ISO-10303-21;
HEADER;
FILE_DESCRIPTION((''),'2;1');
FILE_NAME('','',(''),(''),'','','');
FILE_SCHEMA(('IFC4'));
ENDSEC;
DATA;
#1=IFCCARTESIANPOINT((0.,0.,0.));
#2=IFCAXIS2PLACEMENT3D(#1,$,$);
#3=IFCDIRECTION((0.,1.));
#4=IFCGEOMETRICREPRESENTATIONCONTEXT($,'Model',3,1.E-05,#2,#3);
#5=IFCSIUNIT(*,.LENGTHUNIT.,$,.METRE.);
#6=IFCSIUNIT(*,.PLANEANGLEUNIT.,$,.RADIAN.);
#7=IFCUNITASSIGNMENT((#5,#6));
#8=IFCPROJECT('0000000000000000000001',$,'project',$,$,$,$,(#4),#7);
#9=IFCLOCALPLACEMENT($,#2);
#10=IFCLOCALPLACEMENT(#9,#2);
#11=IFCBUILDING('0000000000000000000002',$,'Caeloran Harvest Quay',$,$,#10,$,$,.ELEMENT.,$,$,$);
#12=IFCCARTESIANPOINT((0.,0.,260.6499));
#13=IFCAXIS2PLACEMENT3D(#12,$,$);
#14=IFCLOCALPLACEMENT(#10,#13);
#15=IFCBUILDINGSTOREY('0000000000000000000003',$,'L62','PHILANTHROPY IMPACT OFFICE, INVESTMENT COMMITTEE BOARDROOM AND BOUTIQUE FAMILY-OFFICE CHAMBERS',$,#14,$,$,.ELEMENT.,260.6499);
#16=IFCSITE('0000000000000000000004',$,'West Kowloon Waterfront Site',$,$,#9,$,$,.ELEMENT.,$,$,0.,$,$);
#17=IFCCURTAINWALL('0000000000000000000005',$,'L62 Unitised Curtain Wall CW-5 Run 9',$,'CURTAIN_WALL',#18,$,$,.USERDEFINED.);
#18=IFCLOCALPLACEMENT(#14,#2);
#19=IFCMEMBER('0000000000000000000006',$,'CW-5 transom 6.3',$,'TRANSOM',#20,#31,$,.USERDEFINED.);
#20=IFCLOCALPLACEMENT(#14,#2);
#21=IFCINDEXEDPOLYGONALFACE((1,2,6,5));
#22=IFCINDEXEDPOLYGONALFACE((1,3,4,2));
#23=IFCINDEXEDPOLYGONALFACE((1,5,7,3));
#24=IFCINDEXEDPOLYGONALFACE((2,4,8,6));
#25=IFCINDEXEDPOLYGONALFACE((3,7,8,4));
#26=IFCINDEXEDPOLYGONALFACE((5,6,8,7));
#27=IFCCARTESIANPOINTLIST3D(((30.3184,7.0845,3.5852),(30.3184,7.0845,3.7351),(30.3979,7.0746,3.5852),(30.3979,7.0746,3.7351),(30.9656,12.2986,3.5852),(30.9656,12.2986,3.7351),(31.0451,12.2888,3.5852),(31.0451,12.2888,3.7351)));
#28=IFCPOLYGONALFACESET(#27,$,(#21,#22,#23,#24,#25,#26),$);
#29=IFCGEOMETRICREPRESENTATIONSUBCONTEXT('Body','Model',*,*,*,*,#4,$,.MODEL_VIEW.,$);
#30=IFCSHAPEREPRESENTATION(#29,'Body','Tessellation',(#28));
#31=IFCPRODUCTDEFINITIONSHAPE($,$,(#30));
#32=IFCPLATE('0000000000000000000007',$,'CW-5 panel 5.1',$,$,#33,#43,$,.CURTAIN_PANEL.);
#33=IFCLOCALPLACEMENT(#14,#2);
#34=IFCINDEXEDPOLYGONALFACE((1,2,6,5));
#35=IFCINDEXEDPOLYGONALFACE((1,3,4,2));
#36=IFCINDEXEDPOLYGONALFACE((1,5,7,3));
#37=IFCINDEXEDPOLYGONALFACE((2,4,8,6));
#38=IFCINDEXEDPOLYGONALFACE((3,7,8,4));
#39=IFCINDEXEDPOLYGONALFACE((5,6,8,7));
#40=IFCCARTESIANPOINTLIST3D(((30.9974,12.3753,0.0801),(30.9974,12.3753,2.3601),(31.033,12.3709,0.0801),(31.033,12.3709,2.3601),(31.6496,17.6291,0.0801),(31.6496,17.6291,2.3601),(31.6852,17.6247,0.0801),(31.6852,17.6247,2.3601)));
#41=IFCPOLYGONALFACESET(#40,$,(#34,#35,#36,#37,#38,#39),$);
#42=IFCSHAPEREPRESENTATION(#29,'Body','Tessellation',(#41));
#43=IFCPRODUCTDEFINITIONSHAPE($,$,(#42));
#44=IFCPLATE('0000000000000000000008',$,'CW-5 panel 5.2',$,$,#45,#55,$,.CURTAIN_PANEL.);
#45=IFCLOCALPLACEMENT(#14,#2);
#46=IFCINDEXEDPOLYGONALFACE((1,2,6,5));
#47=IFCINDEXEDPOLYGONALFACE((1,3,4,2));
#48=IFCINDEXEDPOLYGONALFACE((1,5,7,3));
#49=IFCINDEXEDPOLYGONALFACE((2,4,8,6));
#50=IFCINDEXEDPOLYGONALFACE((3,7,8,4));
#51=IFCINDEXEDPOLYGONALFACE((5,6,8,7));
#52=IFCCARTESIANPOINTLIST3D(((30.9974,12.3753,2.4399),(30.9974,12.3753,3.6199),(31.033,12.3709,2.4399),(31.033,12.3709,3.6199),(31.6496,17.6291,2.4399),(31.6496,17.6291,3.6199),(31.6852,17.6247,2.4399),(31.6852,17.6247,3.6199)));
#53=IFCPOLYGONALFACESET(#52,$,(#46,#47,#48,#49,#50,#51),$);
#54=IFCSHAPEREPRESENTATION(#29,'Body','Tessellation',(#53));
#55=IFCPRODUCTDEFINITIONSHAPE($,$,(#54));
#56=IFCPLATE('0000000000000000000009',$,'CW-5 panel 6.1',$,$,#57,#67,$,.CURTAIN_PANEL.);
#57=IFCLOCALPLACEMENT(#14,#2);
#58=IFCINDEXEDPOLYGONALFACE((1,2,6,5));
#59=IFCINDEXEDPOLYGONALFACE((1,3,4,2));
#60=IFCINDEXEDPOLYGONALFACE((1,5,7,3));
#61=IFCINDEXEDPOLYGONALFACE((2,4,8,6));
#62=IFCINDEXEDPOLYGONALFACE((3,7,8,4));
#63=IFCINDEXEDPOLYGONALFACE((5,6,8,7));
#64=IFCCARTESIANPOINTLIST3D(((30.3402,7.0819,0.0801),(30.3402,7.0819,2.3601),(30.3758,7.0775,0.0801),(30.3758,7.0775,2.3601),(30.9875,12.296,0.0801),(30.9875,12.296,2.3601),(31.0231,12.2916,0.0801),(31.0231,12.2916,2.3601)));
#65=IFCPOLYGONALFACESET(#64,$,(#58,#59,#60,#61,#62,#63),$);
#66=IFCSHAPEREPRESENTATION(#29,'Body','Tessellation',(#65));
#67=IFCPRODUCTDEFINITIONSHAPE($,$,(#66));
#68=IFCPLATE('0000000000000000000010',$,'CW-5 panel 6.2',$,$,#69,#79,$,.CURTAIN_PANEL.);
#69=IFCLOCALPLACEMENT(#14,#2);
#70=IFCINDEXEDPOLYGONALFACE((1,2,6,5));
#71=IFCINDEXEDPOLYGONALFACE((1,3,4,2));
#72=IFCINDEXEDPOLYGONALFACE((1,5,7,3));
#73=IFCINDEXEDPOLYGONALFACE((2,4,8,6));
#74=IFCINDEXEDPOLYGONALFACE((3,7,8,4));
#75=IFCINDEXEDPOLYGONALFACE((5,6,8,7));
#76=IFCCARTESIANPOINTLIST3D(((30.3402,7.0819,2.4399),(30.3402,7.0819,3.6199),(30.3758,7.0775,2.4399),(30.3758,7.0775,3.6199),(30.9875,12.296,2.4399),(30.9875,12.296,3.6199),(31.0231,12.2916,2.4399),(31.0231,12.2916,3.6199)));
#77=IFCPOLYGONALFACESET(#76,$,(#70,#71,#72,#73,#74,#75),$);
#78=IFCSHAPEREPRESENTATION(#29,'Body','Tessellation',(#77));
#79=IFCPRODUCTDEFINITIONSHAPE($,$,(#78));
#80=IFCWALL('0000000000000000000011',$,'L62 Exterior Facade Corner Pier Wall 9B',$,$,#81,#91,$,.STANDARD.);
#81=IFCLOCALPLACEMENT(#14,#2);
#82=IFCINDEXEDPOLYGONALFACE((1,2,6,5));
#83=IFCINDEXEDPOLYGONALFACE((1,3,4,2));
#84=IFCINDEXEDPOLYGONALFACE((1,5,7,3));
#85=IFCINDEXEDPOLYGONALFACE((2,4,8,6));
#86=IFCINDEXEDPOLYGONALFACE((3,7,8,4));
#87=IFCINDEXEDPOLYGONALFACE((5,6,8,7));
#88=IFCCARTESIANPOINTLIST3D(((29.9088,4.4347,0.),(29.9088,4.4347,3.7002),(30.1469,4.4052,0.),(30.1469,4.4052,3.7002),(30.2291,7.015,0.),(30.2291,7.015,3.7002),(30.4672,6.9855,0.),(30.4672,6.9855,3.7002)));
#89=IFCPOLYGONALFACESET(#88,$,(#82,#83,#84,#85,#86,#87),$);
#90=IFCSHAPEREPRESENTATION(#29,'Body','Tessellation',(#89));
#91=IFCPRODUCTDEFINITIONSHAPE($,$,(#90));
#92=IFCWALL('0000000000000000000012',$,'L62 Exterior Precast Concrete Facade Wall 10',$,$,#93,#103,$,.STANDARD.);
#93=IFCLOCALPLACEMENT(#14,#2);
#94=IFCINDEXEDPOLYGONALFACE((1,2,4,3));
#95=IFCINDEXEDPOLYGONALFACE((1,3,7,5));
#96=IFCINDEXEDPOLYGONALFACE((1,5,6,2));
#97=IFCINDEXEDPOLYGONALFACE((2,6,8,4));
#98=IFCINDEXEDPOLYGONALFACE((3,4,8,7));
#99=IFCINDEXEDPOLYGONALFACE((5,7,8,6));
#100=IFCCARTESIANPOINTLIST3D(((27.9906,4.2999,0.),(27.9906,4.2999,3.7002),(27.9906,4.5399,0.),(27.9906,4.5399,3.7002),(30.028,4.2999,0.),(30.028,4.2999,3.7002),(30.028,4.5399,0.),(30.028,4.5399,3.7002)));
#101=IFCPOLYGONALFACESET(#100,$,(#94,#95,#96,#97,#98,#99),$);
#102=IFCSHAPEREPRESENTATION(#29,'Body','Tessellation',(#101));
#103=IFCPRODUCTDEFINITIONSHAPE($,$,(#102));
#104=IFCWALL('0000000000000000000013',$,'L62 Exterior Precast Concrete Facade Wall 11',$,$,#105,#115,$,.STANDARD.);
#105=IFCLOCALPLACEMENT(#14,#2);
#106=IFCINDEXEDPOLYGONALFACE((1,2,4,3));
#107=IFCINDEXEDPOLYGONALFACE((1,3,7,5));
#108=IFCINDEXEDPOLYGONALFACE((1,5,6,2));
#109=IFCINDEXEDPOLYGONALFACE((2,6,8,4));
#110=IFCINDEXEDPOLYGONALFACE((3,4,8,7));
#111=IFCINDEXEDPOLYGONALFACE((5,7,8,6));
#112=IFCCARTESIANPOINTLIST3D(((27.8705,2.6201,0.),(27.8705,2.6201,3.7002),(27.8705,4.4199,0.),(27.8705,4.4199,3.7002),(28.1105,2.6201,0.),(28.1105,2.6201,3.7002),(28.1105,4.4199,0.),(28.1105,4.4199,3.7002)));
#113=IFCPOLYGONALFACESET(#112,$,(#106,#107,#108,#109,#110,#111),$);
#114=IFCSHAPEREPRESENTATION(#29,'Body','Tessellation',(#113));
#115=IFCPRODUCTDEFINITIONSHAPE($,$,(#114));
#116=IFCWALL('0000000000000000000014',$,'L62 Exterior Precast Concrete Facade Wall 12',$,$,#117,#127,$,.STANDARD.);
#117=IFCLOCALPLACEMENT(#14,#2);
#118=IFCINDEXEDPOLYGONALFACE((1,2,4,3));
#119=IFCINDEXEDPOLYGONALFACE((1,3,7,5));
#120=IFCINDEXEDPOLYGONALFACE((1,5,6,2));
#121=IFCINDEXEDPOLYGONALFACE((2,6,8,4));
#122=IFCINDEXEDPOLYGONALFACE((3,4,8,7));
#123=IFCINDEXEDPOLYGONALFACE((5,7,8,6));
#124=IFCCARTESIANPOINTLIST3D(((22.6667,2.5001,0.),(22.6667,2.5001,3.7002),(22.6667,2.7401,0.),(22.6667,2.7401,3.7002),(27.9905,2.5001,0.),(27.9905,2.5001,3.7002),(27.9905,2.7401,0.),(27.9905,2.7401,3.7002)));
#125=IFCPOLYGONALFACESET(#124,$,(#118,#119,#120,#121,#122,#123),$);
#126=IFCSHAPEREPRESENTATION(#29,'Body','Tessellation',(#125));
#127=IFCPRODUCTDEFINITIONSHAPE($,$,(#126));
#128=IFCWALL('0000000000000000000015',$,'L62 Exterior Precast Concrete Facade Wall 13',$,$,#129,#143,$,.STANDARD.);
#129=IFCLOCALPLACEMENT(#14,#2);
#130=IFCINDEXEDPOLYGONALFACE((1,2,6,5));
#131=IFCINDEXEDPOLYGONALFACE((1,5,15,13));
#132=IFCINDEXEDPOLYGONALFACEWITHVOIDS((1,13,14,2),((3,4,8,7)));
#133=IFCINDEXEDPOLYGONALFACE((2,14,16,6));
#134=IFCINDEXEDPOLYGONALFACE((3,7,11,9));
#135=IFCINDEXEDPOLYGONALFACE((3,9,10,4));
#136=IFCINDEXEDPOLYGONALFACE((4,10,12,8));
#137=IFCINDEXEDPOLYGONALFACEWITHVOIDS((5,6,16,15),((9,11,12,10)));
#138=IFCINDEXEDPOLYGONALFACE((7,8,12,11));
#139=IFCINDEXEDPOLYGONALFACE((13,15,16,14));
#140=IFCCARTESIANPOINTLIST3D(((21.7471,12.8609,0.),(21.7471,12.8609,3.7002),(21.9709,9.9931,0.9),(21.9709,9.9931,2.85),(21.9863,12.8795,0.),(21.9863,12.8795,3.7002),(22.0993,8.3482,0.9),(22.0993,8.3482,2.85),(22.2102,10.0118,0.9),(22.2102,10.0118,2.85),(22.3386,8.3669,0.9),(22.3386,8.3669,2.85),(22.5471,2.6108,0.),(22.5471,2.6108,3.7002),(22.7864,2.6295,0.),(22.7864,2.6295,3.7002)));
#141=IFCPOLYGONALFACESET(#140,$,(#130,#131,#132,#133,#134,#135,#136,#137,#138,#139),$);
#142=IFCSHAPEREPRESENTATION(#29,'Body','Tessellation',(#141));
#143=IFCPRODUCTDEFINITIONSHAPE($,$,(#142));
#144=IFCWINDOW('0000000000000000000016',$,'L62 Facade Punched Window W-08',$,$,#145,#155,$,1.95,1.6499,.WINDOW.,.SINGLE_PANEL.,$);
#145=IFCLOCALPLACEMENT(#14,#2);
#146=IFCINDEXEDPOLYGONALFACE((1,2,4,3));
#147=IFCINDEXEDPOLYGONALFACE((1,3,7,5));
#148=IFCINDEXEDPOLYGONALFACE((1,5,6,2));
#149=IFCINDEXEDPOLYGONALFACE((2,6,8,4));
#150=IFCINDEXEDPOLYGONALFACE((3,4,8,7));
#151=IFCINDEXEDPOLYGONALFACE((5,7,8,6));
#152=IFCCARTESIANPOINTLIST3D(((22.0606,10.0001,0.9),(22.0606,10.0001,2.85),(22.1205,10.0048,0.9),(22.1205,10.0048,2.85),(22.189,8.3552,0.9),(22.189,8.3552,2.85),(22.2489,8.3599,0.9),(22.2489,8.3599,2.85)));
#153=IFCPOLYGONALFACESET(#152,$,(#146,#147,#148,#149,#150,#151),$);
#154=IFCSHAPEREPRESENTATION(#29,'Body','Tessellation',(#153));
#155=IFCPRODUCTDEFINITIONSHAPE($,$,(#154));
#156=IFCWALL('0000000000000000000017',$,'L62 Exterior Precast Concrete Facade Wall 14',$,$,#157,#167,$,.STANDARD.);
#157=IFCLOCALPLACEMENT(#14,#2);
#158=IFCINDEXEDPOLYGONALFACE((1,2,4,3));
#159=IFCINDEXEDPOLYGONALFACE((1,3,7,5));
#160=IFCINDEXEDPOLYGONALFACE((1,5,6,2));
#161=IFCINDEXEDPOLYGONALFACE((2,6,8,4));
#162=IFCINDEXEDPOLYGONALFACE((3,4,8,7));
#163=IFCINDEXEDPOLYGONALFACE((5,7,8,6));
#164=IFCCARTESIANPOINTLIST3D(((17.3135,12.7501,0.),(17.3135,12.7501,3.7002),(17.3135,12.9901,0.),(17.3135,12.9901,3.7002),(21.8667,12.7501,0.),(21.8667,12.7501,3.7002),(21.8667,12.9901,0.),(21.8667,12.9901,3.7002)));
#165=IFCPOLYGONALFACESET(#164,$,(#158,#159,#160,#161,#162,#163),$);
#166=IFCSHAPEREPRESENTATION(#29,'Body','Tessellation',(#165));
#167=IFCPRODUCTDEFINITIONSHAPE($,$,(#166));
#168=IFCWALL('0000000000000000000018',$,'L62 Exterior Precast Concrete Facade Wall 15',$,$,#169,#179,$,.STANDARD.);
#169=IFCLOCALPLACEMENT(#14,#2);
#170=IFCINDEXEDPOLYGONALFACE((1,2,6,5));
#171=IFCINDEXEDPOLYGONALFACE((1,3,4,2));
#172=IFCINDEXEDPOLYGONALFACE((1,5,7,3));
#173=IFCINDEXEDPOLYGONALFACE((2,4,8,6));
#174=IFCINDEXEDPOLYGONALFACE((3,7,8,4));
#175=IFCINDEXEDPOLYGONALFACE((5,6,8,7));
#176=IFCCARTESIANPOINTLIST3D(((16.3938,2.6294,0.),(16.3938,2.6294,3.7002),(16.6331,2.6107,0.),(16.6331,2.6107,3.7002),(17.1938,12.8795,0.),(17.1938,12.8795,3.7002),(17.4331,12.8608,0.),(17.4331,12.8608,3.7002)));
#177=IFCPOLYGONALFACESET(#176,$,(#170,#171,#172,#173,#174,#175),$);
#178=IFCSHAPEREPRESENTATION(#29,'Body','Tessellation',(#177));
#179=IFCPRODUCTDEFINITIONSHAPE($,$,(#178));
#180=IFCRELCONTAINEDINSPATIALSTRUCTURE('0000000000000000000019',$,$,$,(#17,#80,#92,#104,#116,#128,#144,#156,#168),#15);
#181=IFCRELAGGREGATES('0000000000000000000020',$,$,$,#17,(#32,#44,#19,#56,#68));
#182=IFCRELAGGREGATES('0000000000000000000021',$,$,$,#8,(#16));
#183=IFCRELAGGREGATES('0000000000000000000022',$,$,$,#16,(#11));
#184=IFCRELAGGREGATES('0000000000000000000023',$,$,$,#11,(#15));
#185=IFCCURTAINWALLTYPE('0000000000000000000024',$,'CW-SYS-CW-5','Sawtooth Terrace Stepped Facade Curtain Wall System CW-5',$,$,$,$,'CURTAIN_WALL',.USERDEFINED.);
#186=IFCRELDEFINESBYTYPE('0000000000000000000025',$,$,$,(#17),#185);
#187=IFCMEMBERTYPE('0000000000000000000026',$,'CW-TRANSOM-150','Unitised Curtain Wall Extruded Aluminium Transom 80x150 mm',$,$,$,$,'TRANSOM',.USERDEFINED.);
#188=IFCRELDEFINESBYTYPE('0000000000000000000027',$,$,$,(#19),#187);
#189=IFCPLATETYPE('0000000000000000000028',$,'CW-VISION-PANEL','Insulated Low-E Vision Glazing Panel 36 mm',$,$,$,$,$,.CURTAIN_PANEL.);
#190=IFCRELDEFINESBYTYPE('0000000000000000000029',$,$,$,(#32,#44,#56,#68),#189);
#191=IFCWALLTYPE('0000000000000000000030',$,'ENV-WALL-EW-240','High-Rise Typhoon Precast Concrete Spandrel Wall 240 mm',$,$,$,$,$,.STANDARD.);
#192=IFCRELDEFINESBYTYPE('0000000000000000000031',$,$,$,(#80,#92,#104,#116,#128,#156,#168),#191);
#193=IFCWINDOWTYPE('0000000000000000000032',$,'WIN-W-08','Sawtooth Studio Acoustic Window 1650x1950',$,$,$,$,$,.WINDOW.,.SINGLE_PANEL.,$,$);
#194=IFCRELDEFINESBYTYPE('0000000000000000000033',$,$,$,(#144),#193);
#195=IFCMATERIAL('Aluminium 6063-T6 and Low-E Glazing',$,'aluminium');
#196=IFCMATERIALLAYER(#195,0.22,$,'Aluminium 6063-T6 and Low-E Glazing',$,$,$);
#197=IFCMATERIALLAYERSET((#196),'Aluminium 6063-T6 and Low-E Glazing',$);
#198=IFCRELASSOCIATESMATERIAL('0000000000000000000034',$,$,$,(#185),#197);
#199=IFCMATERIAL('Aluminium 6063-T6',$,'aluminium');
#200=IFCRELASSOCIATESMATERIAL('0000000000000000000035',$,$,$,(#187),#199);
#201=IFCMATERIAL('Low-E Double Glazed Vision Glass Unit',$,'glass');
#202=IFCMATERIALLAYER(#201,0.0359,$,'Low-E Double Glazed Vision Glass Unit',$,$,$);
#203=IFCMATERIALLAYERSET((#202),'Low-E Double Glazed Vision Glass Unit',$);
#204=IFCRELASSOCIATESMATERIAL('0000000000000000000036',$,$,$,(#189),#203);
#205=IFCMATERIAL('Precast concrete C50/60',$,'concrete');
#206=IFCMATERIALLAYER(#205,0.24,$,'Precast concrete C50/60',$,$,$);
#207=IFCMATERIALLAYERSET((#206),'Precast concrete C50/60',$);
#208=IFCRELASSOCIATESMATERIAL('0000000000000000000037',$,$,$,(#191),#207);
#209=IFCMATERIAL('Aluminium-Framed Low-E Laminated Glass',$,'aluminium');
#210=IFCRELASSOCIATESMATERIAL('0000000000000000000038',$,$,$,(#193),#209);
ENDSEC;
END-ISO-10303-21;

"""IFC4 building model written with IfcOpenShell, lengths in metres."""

from ifc_helpers import new_model, si_unit, direction, frame, frame_2d, origin, origin_2d, place, context, subcontext, project, spatial, rectangle, extrude, material, layer, layer_set, material_profile, profile_set, type_object, element, fill, aggregate, save


model = new_model("IFC4")

# Units and contexts
model_context = context("Model", 3, precision=1e-05, world=origin(), true_north=direction((0.0, 1.0)))
body_context = subcontext(model_context, "Body", "Model", "MODEL_VIEW")
ifc_project = project(units=[si_unit("LENGTHUNIT", "METRE"), si_unit("PLANEANGLEUNIT", "RADIAN")], contexts=[model_context])

# Site, building, storey
site_placement = place(None, origin())
site = spatial("IfcSite", under=ifc_project, at=site_placement, Name="West Kowloon Waterfront Site", CompositionType="ELEMENT", RefElevation=0.0)
building_placement = place(site_placement, origin())
building = spatial("IfcBuilding", under=site, at=building_placement, Name="Caeloran Harvest Quay", CompositionType="ELEMENT")
storey_placement = place(building_placement, frame((0.0, 0.0, 260.6499)))
storey = spatial("IfcBuildingStorey", under=building, at=storey_placement, Name="L62", Description="PHILANTHROPY IMPACT OFFICE, INVESTMENT COMMITTEE BOARDROOM AND BOUTIQUE FAMILY-OFFICE CHAMBERS", CompositionType="ELEMENT", Elevation=260.6499)

# Curtain wall, member, plates
ifc_material_1 = material(Name="Aluminium 6063-T6 and Low-E Glazing", Category="aluminium")
ifc_layer_1 = layer(ifc_material_1, 0.22, Name="Aluminium 6063-T6 and Low-E Glazing")
ifc_layer_set_1 = layer_set([ifc_layer_1], Name="Aluminium 6063-T6 and Low-E Glazing")
curtain_wall_type = type_object("IfcCurtainWallType", Name="CW-SYS-CW-5", Description="Sawtooth Terrace Stepped Facade Curtain Wall System CW-5", ElementType="CURTAIN_WALL", PredefinedType="USERDEFINED", material=ifc_layer_set_1)
curtain_wall_placement = place(storey_placement, origin())
curtain_wall = element("IfcCurtainWall", 1, at=curtain_wall_placement, inside=storey, type_object=curtain_wall_type, Name="L62 Unitised Curtain Wall CW-5 Run 9", ObjectType="CURTAIN_WALL", PredefinedType="USERDEFINED")
ifc_material_2 = material(Name="Aluminium 6063-T6", Category="aluminium")
ifc_material_profile_1 = material_profile(ifc_material_2, rectangle(XDim=0.0801, YDim=0.1499, at=origin_2d()), Name="CW-TRANSOM-150")
ifc_profile_set_1 = profile_set([ifc_material_profile_1], Name="Aluminium 6063-T6")
member_type_1 = type_object("IfcMemberType", Name="CW-TRANSOM-150", Description="Unitised Curtain Wall Extruded Aluminium Transom 80x150 mm", ElementType="TRANSOM", PredefinedType="USERDEFINED", material=ifc_profile_set_1)
member_1_placement = place(storey_placement, frame((31.0054, 12.2937, 3.6602), z_axis=(-0.123183, -0.992384, 0.0), x_axis=(0.992384, -0.123183, 0.0)))
member_1 = element("IfcMember", 2, at=member_1_placement, type_object=member_type_1, Name="CW-5 transom 6.3", ObjectType="TRANSOM", PredefinedType="USERDEFINED", context=body_context, shape_type="SweptSolid", body=[
    extrude(rectangle(XDim=0.0801, YDim=0.1499, at=origin_2d()), origin(), (0.0, 0.0, 1.0), 5.2542),
])
ifc_material_3 = material(Name="Low-E Double Glazed Vision Glass Unit", Category="glass")
ifc_layer_2 = layer(ifc_material_3, 0.0359, Name="Low-E Double Glazed Vision Glass Unit")
ifc_layer_set_2 = layer_set([ifc_layer_2], Name="Low-E Double Glazed Vision Glass Unit")
plate_type = type_object("IfcPlateType", Name="CW-VISION-PANEL", Description="Insulated Low-E Vision Glazing Panel 36 mm", PredefinedType="CURTAIN_PANEL", material=ifc_layer_set_2)
plate_1_placement = place(storey_placement, frame((31.3413, 15.0, 0.0801), z_axis=(0.0, 0.0, 1.0), x_axis=(-0.12319, -0.992383, 0.0)))
plate_1 = element("IfcPlate", 3, at=plate_1_placement, type_object=plate_type, Name="CW-5 panel 5.1", PredefinedType="CURTAIN_PANEL", context=body_context, shape_type="SweptSolid", body=[
    extrude(rectangle(XDim=5.2942, YDim=0.0359, at=origin_2d()), origin(), (0.0, 0.0, 1.0), 2.28),
])
plate_2_placement = place(storey_placement, frame((31.3413, 15.0, 2.4399), z_axis=(0.0, 0.0, 1.0), x_axis=(-0.12319, -0.992383, 0.0)))
plate_2 = element("IfcPlate", 4, at=plate_2_placement, type_object=plate_type, Name="CW-5 panel 5.2", PredefinedType="CURTAIN_PANEL", context=body_context, shape_type="SweptSolid", body=[
    extrude(rectangle(XDim=5.2942, YDim=0.0359, at=origin_2d()), origin(), (0.0, 0.0, 1.0), 1.1799),
])
plate_3_placement = place(storey_placement, frame((30.6816, 9.6868, 0.0801), z_axis=(0.0, 0.0, 1.0), x_axis=(-0.12319, -0.992383, 0.0)))
plate_3 = element("IfcPlate", 5, at=plate_3_placement, type_object=plate_type, Name="CW-5 panel 6.1", PredefinedType="CURTAIN_PANEL", context=body_context, shape_type="SweptSolid", body=[
    extrude(rectangle(XDim=5.2542, YDim=0.0359, at=origin_2d()), origin(), (0.0, 0.0, 1.0), 2.28),
])
plate_4_placement = place(storey_placement, frame((30.6816, 9.6868, 2.4399), z_axis=(0.0, 0.0, 1.0), x_axis=(-0.12319, -0.992383, 0.0)))
plate_4 = element("IfcPlate", 6, at=plate_4_placement, type_object=plate_type, Name="CW-5 panel 6.2", PredefinedType="CURTAIN_PANEL", context=body_context, shape_type="SweptSolid", body=[
    extrude(rectangle(XDim=5.2542, YDim=0.0359, at=origin_2d()), origin(), (0.0, 0.0, 1.0), 1.1799),
])
aggregate(curtain_wall, [plate_1, plate_2, member_1, plate_3, plate_4])

# Walls
ifc_material_4 = material(Name="Precast concrete C50/60", Category="concrete")
ifc_layer_3 = layer(ifc_material_4, 0.24, Name="Precast concrete C50/60")
ifc_layer_set_3 = layer_set([ifc_layer_3], Name="Precast concrete C50/60")
wall_type = type_object("IfcWallType", Name="ENV-WALL-EW-240", Description="High-Rise Typhoon Precast Concrete Spandrel Wall 240 mm", PredefinedType="STANDARD", material=ifc_layer_set_3)
wall_1_placement = place(storey_placement, frame((30.3481, 7.0002, 0.0), z_axis=(0.0, 0.0, 1.0), x_axis=(-0.123191, -0.992383, 0.0)))
element("IfcWall", 7, at=wall_1_placement, inside=storey, type_object=wall_type, Name="L62 Exterior Facade Corner Pier Wall 9B", PredefinedType="STANDARD", context=body_context, shape_type="SweptSolid", body=[
    extrude(rectangle(XDim=2.6001, YDim=0.24, at=frame_2d((1.3, 0.0))), origin(), (0.0, 0.0, 1.0), 3.7002),
])
wall_2_placement = place(storey_placement, frame((30.0278, 4.4199, 0.0), z_axis=(0.0, 0.0, 1.0), x_axis=(-1.0, 0.0, 0.0)))
element("IfcWall", 8, at=wall_2_placement, inside=storey, type_object=wall_type, Name="L62 Exterior Precast Concrete Facade Wall 10", PredefinedType="STANDARD", context=body_context, shape_type="SweptSolid", body=[
    extrude(rectangle(XDim=2.0374, YDim=0.24, at=frame_2d((1.0186, 0.0))), origin(), (0.0, 0.0, 1.0), 3.7002),
])
wall_3_placement = place(storey_placement, frame((27.9905, 4.4199, 0.0), z_axis=(0.0, 0.0, 1.0), x_axis=(0.0, -1.0, 0.0)))
element("IfcWall", 9, at=wall_3_placement, inside=storey, type_object=wall_type, Name="L62 Exterior Precast Concrete Facade Wall 11", PredefinedType="STANDARD", context=body_context, shape_type="SweptSolid", body=[
    extrude(rectangle(XDim=1.7998, YDim=0.24, at=frame_2d((0.8999, 0.0))), origin(), (0.0, 0.0, 1.0), 3.7002),
])
wall_4_placement = place(storey_placement, frame((27.9905, 2.6201, 0.0), z_axis=(0.0, 0.0, 1.0), x_axis=(-1.0, 0.0, 0.0)))
element("IfcWall", 10, at=wall_4_placement, inside=storey, type_object=wall_type, Name="L62 Exterior Precast Concrete Facade Wall 12", PredefinedType="STANDARD", context=body_context, shape_type="SweptSolid", body=[
    extrude(rectangle(XDim=5.3237, YDim=0.24, at=frame_2d((2.6619, 0.0))), origin(), (0.0, 0.0, 1.0), 3.7002),
])

# Wall, opening, window
wall_5_placement = place(storey_placement, frame((22.6667, 2.6201, 0.0), z_axis=(0.0, 0.0, 1.0), x_axis=(-0.077817, 0.996968, 0.0)))
wall_5 = element("IfcWall", 11, at=wall_5_placement, inside=storey, type_object=wall_type, Name="L62 Exterior Precast Concrete Facade Wall 13", PredefinedType="STANDARD", context=body_context, shape_type="SweptSolid", body=[
    extrude(rectangle(XDim=10.2812, YDim=0.24, at=frame_2d((5.1406, 0.0))), origin(), (0.0, 0.0, 1.0), 3.7002),
])
opening_1_placement = place(wall_5_placement, frame((5.7549, 0.0, 0.8999)))
opening_1 = element("IfcOpeningElement", 12, at=opening_1_placement, cuts=wall_5, PredefinedType="OPENING", context=body_context, shape_type="SweptSolid", body=[
    extrude(rectangle(XDim=1.6499, YDim=1.95, at=frame_2d((0.825, 0.9751))), frame((0.0, 0.1299, 0.0), z_axis=(0.0, -1.0, 0.0), x_axis=(1.0, 0.0, 0.0)), (0.0, 0.0, 1.0), 0.26),
])
ifc_material_5 = material(Name="Aluminium-Framed Low-E Laminated Glass", Category="aluminium")
window_type = type_object("IfcWindowType", Name="WIN-W-08", Description="Sawtooth Studio Acoustic Window 1650x1950", PartitioningType="SINGLE_PANEL", PredefinedType="WINDOW", material=ifc_material_5)
window_placement = place(opening_1_placement, origin())
window = element("IfcWindow", 13, at=window_placement, inside=storey, type_object=window_type, Name="L62 Facade Punched Window W-08", OverallHeight=1.95, OverallWidth=1.6499, PartitioningType="SINGLE_PANEL", PredefinedType="WINDOW", context=body_context, shape_type="SweptSolid", body=[
    extrude(rectangle(XDim=1.6499, YDim=1.95, at=frame_2d((0.825, 0.9751))), frame((0.0, 0.03, 0.0), z_axis=(0.0, -1.0, 0.0), x_axis=(1.0, 0.0, 0.0)), (0.0, 0.0, 1.0), 0.0601),
])
fill(opening_1, window)

# Walls
wall_6_placement = place(storey_placement, frame((21.8667, 12.8701, 0.0), z_axis=(0.0, 0.0, 1.0), x_axis=(-1.0, 0.0, 0.0)))
element("IfcWall", 14, at=wall_6_placement, inside=storey, type_object=wall_type, Name="L62 Exterior Precast Concrete Facade Wall 14", PredefinedType="STANDARD", context=body_context, shape_type="SweptSolid", body=[
    extrude(rectangle(XDim=4.5532, YDim=0.24, at=frame_2d((2.2766, 0.0))), origin(), (0.0, 0.0, 1.0), 3.7002),
])
wall_7_placement = place(storey_placement, frame((17.3135, 12.8701, 0.0), z_axis=(0.0, 0.0, 1.0), x_axis=(-0.077817, -0.996968, 0.0)))
element("IfcWall", 15, at=wall_7_placement, inside=storey, type_object=wall_type, Name="L62 Exterior Precast Concrete Facade Wall 15", PredefinedType="STANDARD", context=body_context, shape_type="SweptSolid", body=[
    extrude(rectangle(XDim=10.2812, YDim=0.24, at=frame_2d((5.1406, 0.0))), origin(), (0.0, 0.0, 1.0), 3.7002),
])

save(model, "model.ifc")
